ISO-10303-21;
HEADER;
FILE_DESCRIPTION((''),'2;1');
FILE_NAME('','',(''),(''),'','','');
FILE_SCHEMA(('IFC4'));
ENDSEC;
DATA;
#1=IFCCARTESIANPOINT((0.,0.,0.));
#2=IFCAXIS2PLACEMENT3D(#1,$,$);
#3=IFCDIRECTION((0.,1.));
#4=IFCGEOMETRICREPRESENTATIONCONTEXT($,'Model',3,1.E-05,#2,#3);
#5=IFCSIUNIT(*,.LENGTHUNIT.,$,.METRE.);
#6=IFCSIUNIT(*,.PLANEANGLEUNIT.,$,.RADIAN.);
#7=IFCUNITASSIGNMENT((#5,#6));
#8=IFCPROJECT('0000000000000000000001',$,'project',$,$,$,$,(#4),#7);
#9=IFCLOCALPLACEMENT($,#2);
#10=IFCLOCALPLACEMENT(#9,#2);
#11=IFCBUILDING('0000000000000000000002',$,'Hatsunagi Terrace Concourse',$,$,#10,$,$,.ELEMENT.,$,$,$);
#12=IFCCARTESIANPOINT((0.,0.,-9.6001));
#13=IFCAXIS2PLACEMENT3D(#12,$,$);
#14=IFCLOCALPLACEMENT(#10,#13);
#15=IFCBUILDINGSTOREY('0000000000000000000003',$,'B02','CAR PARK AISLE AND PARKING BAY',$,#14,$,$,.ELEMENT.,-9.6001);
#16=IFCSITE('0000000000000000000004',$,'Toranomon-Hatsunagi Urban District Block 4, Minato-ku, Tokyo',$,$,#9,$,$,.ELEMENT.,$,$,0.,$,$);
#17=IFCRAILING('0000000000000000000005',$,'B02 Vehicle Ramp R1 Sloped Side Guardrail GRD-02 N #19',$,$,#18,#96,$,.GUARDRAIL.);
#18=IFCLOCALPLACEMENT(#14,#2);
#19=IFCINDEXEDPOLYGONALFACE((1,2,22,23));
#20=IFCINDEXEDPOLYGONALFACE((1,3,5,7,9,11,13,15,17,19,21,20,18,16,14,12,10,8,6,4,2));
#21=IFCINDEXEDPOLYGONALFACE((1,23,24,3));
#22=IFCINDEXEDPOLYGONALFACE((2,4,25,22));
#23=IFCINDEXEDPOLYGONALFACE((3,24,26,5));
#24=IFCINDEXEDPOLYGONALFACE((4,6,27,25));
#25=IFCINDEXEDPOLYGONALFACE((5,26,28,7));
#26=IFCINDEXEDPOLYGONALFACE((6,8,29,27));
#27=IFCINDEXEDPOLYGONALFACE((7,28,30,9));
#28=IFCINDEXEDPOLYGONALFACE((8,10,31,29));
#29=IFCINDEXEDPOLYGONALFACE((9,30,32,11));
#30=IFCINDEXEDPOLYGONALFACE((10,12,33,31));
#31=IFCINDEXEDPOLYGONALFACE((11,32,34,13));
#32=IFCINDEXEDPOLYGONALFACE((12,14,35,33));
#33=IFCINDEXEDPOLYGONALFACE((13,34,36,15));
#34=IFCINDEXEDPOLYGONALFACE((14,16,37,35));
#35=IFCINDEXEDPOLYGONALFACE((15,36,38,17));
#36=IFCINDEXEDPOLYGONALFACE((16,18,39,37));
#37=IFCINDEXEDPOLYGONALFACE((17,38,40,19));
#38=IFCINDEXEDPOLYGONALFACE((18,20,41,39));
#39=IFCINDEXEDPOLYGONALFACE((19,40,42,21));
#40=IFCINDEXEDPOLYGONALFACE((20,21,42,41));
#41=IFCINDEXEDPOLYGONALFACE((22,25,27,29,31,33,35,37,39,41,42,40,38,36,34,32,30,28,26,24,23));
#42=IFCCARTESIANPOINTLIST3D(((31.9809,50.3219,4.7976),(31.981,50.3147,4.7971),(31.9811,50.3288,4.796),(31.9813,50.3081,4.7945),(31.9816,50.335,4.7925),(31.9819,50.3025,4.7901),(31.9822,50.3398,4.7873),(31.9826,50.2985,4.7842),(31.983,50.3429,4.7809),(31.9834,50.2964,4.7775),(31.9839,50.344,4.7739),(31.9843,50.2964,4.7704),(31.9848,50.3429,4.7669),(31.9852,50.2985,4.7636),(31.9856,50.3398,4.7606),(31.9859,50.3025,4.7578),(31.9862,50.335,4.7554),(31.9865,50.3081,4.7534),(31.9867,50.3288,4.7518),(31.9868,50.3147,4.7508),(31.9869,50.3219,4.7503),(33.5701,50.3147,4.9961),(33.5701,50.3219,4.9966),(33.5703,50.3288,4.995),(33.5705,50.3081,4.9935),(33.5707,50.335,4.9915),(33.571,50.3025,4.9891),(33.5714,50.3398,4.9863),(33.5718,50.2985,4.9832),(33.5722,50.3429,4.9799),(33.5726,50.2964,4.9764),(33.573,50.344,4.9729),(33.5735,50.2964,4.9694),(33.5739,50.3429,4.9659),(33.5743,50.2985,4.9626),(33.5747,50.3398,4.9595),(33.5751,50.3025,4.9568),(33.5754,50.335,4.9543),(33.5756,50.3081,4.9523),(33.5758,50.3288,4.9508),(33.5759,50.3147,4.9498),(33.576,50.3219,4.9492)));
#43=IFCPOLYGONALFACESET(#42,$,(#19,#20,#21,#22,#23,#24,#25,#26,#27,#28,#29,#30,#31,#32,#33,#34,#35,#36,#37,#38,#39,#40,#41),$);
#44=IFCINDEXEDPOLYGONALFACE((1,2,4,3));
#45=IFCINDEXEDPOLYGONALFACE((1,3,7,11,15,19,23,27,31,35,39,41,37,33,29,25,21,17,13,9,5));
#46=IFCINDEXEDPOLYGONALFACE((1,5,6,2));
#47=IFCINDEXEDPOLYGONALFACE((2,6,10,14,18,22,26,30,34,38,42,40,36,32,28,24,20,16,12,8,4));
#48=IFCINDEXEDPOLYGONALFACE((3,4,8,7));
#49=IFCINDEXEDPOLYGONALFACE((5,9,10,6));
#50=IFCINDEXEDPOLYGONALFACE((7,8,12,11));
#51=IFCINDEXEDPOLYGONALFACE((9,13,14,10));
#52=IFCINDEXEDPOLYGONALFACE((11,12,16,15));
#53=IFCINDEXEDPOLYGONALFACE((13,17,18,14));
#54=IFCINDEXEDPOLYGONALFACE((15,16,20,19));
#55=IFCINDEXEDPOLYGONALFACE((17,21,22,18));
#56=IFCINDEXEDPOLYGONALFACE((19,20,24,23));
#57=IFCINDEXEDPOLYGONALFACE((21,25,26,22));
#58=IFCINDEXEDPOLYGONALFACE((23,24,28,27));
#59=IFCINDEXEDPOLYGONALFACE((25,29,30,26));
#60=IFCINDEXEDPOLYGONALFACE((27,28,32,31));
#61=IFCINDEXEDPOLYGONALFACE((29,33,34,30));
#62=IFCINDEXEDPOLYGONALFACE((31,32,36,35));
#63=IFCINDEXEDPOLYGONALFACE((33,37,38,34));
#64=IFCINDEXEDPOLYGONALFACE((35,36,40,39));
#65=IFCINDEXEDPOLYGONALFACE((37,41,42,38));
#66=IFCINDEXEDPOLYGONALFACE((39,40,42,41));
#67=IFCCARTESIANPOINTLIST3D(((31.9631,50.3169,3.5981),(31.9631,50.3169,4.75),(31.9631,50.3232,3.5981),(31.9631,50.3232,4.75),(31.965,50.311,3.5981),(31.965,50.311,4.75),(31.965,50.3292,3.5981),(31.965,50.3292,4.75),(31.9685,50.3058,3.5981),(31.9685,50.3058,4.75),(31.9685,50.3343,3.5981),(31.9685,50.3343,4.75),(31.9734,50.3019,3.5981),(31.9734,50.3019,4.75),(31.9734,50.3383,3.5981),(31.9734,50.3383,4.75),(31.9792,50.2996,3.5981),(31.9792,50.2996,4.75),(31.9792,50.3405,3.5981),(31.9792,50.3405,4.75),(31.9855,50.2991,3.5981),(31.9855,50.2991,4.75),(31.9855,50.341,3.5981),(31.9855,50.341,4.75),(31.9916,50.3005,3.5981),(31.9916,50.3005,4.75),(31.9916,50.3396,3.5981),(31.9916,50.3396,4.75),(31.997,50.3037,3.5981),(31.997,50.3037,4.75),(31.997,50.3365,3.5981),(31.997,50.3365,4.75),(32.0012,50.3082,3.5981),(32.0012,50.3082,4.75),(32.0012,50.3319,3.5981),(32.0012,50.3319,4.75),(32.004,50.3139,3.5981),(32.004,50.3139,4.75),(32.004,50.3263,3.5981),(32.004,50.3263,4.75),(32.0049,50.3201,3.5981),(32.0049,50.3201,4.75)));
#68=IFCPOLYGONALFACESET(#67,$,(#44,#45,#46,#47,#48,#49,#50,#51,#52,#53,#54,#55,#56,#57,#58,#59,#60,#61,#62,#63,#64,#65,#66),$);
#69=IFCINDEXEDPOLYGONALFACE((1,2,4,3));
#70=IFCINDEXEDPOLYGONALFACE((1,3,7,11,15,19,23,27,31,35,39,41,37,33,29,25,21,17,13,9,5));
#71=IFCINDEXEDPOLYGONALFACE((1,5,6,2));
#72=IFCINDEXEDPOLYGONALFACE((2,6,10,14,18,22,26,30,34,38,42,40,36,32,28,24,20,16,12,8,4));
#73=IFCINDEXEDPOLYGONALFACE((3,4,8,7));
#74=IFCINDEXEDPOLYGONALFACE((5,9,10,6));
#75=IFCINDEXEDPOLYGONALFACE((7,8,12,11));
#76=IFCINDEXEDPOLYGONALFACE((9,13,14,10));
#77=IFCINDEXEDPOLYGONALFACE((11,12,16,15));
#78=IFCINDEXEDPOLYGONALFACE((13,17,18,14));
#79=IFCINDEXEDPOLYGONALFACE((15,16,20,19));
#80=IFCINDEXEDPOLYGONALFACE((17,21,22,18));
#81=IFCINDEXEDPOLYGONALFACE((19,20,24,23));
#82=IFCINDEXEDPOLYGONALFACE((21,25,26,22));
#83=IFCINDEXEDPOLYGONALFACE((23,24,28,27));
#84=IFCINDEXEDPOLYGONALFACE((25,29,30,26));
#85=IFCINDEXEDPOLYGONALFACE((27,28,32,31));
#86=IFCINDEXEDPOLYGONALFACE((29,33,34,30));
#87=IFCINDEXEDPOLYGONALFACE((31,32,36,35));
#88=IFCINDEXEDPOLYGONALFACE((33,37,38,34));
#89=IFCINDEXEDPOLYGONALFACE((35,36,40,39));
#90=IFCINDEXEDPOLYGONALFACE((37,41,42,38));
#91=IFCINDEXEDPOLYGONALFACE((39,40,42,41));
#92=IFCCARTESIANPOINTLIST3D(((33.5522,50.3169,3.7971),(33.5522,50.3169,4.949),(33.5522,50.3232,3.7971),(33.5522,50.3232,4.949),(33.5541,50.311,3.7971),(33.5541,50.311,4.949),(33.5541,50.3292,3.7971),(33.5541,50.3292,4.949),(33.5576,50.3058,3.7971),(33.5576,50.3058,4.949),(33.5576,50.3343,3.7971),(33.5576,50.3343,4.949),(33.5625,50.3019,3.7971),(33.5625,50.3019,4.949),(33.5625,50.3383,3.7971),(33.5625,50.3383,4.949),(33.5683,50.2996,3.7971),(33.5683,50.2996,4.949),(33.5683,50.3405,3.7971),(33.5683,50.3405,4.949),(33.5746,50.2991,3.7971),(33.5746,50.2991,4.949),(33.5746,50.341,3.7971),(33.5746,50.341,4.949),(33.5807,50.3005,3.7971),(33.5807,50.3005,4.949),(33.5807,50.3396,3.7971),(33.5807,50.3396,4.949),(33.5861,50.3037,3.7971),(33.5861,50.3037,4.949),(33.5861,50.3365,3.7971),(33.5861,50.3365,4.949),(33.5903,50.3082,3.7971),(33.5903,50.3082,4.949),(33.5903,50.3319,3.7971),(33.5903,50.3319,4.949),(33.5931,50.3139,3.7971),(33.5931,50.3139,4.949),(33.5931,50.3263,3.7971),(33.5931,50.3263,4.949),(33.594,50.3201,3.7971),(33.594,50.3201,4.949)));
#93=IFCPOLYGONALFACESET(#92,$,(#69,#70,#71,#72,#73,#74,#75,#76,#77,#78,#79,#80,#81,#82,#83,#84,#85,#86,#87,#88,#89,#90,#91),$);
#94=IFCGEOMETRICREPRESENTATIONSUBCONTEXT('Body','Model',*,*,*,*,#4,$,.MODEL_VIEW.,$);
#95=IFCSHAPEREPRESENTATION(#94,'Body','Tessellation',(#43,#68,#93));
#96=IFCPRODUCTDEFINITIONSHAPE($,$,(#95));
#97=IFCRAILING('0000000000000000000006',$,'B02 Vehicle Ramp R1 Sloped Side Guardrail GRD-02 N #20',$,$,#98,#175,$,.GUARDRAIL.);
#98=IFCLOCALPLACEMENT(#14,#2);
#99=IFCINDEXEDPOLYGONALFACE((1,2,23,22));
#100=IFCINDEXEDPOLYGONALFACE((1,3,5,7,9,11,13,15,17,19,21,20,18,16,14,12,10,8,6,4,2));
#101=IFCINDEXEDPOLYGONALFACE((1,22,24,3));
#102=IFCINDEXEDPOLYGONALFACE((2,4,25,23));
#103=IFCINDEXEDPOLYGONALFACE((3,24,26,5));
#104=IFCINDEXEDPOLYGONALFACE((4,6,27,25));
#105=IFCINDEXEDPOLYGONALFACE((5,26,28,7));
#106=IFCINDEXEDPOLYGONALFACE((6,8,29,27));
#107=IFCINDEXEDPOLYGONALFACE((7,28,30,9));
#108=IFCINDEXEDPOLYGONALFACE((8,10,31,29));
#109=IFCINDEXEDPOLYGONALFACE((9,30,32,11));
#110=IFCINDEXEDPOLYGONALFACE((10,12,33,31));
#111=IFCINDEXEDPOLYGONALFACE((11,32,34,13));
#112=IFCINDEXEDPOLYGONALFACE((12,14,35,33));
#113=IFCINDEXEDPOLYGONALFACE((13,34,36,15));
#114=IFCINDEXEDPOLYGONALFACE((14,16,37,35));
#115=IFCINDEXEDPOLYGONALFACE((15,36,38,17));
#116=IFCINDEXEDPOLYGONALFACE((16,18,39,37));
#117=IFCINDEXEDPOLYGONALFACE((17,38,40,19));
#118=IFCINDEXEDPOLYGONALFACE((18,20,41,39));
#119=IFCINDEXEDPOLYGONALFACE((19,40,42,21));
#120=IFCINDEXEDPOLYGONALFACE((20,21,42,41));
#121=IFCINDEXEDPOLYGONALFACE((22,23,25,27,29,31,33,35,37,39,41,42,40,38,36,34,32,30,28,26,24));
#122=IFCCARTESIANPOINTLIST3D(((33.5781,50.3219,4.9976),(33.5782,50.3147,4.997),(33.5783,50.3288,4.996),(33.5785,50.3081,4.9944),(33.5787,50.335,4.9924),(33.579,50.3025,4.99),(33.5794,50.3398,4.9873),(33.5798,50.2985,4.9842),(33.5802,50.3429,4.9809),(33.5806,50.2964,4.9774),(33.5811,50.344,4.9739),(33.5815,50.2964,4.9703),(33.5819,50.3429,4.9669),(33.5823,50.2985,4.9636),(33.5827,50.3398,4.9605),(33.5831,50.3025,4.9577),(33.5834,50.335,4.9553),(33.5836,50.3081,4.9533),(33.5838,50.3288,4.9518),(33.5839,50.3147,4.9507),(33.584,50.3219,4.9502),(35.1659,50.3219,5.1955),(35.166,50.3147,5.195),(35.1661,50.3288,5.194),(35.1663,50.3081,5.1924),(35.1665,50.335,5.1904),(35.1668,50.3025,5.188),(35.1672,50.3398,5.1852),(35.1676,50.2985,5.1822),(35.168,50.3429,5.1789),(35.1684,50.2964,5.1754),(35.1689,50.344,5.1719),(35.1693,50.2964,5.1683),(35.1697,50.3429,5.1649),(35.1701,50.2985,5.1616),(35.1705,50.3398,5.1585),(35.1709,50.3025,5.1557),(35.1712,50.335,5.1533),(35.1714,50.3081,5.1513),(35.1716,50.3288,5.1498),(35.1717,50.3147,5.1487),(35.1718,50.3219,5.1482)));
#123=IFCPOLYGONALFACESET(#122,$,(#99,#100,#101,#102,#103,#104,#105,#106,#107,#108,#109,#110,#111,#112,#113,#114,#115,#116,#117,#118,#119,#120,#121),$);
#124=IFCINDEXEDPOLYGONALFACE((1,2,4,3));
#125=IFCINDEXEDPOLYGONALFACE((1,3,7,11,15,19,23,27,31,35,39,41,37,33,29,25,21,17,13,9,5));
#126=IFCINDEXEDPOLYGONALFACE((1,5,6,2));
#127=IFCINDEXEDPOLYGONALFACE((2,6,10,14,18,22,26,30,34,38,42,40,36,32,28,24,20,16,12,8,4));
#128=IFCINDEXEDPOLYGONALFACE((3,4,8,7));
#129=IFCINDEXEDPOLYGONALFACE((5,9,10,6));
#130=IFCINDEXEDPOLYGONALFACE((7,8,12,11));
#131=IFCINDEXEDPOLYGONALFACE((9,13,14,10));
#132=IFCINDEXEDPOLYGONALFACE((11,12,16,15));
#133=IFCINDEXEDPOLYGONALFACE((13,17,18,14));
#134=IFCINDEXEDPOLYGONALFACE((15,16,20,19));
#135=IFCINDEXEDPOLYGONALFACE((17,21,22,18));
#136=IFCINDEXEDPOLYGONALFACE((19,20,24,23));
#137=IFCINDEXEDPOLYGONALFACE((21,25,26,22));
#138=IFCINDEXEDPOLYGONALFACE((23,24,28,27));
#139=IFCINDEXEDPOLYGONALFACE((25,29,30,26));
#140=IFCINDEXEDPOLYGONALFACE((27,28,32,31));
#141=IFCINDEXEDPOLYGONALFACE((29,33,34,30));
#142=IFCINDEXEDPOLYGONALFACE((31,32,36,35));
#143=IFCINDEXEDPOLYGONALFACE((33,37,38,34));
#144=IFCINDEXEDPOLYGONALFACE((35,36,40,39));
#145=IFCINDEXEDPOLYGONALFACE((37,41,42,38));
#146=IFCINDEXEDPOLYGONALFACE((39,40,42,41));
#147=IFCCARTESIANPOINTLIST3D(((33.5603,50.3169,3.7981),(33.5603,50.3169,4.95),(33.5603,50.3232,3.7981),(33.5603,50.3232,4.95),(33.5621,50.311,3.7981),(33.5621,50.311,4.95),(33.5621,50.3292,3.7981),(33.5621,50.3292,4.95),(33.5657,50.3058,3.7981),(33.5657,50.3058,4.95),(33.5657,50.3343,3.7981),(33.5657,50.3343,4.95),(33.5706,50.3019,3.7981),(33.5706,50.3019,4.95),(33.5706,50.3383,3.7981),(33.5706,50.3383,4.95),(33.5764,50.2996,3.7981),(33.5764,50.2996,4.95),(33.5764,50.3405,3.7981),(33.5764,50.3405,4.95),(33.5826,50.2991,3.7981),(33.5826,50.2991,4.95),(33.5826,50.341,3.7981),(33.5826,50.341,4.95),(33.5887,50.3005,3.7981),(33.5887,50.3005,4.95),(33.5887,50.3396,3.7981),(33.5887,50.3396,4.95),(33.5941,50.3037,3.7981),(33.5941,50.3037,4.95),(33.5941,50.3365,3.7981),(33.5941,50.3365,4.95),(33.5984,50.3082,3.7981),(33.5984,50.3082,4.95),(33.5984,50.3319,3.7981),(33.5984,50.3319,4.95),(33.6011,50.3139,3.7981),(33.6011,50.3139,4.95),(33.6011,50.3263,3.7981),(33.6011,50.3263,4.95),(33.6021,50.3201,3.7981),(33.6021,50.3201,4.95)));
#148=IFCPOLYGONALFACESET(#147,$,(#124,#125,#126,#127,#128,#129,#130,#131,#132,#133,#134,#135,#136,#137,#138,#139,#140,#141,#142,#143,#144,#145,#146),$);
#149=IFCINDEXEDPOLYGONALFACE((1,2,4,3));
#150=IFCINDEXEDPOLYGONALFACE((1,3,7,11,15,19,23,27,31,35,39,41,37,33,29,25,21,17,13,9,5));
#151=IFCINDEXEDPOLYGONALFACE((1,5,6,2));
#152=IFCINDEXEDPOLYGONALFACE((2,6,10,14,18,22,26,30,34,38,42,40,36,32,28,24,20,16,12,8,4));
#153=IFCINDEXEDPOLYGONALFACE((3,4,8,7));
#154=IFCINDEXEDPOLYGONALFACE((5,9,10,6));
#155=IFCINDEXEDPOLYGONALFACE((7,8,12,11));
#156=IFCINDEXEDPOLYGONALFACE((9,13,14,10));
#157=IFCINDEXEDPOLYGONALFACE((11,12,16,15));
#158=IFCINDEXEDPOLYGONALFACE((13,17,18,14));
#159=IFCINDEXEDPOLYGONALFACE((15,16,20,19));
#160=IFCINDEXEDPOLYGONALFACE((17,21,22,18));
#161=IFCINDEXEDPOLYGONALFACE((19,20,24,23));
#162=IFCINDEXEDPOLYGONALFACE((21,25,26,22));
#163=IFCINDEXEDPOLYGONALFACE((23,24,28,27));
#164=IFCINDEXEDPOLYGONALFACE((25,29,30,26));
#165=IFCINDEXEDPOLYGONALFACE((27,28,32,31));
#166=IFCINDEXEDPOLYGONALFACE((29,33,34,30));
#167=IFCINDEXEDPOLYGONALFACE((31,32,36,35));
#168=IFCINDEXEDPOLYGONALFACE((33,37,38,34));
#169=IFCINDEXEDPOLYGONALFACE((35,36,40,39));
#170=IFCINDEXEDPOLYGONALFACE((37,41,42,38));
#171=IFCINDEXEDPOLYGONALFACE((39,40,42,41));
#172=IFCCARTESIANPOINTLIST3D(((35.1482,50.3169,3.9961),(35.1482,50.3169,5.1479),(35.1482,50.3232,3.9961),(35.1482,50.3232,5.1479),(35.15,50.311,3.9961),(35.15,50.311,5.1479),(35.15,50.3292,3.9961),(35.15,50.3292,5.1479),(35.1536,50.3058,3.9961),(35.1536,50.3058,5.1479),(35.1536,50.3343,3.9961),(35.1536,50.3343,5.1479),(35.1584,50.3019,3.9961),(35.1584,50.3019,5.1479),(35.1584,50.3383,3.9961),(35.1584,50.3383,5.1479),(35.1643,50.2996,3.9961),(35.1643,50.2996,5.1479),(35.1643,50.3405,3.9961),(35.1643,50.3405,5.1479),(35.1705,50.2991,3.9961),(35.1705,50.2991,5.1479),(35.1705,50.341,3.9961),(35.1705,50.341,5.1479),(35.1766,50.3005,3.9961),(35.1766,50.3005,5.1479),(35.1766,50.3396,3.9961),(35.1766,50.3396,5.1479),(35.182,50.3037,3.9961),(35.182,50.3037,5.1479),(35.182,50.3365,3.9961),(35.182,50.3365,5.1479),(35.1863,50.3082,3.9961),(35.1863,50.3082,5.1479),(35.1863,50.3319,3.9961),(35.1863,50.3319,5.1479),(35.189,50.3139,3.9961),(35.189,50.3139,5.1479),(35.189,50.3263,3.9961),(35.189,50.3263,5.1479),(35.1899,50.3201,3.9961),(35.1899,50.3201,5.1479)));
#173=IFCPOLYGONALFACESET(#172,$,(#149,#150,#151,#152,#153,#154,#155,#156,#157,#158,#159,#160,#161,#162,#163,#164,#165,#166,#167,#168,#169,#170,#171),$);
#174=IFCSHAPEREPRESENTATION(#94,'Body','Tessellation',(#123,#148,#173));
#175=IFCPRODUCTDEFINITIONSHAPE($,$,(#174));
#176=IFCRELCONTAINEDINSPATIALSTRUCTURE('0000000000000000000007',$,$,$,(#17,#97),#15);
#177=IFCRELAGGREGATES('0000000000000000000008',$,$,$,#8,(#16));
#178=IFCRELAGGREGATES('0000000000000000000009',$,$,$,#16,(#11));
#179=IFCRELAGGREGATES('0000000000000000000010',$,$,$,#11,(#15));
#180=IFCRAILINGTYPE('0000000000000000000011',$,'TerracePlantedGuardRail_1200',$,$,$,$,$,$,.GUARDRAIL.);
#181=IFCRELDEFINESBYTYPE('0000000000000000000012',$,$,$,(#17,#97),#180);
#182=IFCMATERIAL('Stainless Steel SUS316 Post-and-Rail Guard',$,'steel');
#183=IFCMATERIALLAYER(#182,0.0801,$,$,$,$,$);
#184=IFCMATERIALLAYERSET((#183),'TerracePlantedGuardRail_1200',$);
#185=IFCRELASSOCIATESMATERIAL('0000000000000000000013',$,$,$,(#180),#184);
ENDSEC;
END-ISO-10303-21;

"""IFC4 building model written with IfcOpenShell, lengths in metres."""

from ifc_helpers import new_model, si_unit, direction, frame, origin, origin_2d, place, context, subcontext, project, spatial, circle, extrude, material, layer, layer_set, type_object, element, save


model = new_model("IFC4")

# Units and contexts
model_context = context("Model", 3, precision=1e-05, world=origin(), true_north=direction((0.0, 1.0)))
body_context = subcontext(model_context, "Body", "Model", "MODEL_VIEW")
ifc_project = project(units=[si_unit("LENGTHUNIT", "METRE"), si_unit("PLANEANGLEUNIT", "RADIAN")], contexts=[model_context])

# Site, building, storey
site_placement = place(None, origin())
site = spatial("IfcSite", under=ifc_project, at=site_placement, Name="Toranomon-Hatsunagi Urban District Block 4, Minato-ku, Tokyo", CompositionType="ELEMENT", RefElevation=0.0)
building_placement = place(site_placement, origin())
building = spatial("IfcBuilding", under=site, at=building_placement, Name="Hatsunagi Terrace Concourse", CompositionType="ELEMENT")
storey_placement = place(building_placement, frame((0.0, 0.0, -9.6001)))
storey = spatial("IfcBuildingStorey", under=building, at=storey_placement, Name="B02", Description="CAR PARK AISLE AND PARKING BAY", CompositionType="ELEMENT", Elevation=-9.6001)

# Railings
ifc_material_1 = material(Name="Stainless Steel SUS316 Post-and-Rail Guard", Category="steel")
ifc_layer_1 = layer(ifc_material_1, 0.0801)
ifc_layer_set_1 = layer_set([ifc_layer_1], Name="TerracePlantedGuardRail_1200")
railing_type = type_object("IfcRailingType", Name="TerracePlantedGuardRail_1200", PredefinedType="GUARDRAIL", material=ifc_layer_set_1)
for number, where, name in (
    (1, (31.9839, 50.3201, 3.5981), "B02 Vehicle Ramp R1 Sloped Side Guardrail GRD-02 N #19"),
):
    element("IfcRailing", number, at=place(storey_placement, frame(where)), inside=storey, type_object=railing_type, Name=name, PredefinedType="GUARDRAIL", context=body_context, shape_type="SweptSolid", body=[
        extrude(circle(Radius=0.0239, at=origin_2d()), frame((0.0, 0.0, 1.1758), z_axis=(0.992252, 0.0, 0.124241), x_axis=(0.0, 1.0, 0.0)), (0.0, 0.0, 1.0), 1.6016),
        extrude(circle(Radius=0.021, at=origin_2d()), origin(), (0.0, 0.0, 1.0), 1.1519),
        extrude(circle(Radius=0.021, at=origin_2d()), frame((1.5891, 0.0, 0.199)), (0.0, 0.0, 1.0), 1.1519),
    ])
railing_1_placement = place(storey_placement, frame((33.5811, 50.3201, 3.7981)))
element("IfcRailing", 2, at=railing_1_placement, inside=storey, type_object=railing_type, Name="B02 Vehicle Ramp R1 Sloped Side Guardrail GRD-02 N #20", PredefinedType="GUARDRAIL", context=body_context, shape_type="SweptSolid", body=[
    extrude(circle(Radius=0.0239, at=origin_2d()), frame((0.0, 0.0, 1.1758), z_axis=(0.992315, 0.0, 0.123734), x_axis=(0.0, 1.0, 0.0)), (0.0, 0.0, 1.0), 1.6001),
    extrude(circle(Radius=0.021, at=origin_2d()), origin(), (0.0, 0.0, 1.0), 1.1519),
    extrude(circle(Radius=0.021, at=origin_2d()), frame((1.5879, 0.0, 0.198)), (0.0, 0.0, 1.0), 1.1519),
])

save(model, "model.ifc")
